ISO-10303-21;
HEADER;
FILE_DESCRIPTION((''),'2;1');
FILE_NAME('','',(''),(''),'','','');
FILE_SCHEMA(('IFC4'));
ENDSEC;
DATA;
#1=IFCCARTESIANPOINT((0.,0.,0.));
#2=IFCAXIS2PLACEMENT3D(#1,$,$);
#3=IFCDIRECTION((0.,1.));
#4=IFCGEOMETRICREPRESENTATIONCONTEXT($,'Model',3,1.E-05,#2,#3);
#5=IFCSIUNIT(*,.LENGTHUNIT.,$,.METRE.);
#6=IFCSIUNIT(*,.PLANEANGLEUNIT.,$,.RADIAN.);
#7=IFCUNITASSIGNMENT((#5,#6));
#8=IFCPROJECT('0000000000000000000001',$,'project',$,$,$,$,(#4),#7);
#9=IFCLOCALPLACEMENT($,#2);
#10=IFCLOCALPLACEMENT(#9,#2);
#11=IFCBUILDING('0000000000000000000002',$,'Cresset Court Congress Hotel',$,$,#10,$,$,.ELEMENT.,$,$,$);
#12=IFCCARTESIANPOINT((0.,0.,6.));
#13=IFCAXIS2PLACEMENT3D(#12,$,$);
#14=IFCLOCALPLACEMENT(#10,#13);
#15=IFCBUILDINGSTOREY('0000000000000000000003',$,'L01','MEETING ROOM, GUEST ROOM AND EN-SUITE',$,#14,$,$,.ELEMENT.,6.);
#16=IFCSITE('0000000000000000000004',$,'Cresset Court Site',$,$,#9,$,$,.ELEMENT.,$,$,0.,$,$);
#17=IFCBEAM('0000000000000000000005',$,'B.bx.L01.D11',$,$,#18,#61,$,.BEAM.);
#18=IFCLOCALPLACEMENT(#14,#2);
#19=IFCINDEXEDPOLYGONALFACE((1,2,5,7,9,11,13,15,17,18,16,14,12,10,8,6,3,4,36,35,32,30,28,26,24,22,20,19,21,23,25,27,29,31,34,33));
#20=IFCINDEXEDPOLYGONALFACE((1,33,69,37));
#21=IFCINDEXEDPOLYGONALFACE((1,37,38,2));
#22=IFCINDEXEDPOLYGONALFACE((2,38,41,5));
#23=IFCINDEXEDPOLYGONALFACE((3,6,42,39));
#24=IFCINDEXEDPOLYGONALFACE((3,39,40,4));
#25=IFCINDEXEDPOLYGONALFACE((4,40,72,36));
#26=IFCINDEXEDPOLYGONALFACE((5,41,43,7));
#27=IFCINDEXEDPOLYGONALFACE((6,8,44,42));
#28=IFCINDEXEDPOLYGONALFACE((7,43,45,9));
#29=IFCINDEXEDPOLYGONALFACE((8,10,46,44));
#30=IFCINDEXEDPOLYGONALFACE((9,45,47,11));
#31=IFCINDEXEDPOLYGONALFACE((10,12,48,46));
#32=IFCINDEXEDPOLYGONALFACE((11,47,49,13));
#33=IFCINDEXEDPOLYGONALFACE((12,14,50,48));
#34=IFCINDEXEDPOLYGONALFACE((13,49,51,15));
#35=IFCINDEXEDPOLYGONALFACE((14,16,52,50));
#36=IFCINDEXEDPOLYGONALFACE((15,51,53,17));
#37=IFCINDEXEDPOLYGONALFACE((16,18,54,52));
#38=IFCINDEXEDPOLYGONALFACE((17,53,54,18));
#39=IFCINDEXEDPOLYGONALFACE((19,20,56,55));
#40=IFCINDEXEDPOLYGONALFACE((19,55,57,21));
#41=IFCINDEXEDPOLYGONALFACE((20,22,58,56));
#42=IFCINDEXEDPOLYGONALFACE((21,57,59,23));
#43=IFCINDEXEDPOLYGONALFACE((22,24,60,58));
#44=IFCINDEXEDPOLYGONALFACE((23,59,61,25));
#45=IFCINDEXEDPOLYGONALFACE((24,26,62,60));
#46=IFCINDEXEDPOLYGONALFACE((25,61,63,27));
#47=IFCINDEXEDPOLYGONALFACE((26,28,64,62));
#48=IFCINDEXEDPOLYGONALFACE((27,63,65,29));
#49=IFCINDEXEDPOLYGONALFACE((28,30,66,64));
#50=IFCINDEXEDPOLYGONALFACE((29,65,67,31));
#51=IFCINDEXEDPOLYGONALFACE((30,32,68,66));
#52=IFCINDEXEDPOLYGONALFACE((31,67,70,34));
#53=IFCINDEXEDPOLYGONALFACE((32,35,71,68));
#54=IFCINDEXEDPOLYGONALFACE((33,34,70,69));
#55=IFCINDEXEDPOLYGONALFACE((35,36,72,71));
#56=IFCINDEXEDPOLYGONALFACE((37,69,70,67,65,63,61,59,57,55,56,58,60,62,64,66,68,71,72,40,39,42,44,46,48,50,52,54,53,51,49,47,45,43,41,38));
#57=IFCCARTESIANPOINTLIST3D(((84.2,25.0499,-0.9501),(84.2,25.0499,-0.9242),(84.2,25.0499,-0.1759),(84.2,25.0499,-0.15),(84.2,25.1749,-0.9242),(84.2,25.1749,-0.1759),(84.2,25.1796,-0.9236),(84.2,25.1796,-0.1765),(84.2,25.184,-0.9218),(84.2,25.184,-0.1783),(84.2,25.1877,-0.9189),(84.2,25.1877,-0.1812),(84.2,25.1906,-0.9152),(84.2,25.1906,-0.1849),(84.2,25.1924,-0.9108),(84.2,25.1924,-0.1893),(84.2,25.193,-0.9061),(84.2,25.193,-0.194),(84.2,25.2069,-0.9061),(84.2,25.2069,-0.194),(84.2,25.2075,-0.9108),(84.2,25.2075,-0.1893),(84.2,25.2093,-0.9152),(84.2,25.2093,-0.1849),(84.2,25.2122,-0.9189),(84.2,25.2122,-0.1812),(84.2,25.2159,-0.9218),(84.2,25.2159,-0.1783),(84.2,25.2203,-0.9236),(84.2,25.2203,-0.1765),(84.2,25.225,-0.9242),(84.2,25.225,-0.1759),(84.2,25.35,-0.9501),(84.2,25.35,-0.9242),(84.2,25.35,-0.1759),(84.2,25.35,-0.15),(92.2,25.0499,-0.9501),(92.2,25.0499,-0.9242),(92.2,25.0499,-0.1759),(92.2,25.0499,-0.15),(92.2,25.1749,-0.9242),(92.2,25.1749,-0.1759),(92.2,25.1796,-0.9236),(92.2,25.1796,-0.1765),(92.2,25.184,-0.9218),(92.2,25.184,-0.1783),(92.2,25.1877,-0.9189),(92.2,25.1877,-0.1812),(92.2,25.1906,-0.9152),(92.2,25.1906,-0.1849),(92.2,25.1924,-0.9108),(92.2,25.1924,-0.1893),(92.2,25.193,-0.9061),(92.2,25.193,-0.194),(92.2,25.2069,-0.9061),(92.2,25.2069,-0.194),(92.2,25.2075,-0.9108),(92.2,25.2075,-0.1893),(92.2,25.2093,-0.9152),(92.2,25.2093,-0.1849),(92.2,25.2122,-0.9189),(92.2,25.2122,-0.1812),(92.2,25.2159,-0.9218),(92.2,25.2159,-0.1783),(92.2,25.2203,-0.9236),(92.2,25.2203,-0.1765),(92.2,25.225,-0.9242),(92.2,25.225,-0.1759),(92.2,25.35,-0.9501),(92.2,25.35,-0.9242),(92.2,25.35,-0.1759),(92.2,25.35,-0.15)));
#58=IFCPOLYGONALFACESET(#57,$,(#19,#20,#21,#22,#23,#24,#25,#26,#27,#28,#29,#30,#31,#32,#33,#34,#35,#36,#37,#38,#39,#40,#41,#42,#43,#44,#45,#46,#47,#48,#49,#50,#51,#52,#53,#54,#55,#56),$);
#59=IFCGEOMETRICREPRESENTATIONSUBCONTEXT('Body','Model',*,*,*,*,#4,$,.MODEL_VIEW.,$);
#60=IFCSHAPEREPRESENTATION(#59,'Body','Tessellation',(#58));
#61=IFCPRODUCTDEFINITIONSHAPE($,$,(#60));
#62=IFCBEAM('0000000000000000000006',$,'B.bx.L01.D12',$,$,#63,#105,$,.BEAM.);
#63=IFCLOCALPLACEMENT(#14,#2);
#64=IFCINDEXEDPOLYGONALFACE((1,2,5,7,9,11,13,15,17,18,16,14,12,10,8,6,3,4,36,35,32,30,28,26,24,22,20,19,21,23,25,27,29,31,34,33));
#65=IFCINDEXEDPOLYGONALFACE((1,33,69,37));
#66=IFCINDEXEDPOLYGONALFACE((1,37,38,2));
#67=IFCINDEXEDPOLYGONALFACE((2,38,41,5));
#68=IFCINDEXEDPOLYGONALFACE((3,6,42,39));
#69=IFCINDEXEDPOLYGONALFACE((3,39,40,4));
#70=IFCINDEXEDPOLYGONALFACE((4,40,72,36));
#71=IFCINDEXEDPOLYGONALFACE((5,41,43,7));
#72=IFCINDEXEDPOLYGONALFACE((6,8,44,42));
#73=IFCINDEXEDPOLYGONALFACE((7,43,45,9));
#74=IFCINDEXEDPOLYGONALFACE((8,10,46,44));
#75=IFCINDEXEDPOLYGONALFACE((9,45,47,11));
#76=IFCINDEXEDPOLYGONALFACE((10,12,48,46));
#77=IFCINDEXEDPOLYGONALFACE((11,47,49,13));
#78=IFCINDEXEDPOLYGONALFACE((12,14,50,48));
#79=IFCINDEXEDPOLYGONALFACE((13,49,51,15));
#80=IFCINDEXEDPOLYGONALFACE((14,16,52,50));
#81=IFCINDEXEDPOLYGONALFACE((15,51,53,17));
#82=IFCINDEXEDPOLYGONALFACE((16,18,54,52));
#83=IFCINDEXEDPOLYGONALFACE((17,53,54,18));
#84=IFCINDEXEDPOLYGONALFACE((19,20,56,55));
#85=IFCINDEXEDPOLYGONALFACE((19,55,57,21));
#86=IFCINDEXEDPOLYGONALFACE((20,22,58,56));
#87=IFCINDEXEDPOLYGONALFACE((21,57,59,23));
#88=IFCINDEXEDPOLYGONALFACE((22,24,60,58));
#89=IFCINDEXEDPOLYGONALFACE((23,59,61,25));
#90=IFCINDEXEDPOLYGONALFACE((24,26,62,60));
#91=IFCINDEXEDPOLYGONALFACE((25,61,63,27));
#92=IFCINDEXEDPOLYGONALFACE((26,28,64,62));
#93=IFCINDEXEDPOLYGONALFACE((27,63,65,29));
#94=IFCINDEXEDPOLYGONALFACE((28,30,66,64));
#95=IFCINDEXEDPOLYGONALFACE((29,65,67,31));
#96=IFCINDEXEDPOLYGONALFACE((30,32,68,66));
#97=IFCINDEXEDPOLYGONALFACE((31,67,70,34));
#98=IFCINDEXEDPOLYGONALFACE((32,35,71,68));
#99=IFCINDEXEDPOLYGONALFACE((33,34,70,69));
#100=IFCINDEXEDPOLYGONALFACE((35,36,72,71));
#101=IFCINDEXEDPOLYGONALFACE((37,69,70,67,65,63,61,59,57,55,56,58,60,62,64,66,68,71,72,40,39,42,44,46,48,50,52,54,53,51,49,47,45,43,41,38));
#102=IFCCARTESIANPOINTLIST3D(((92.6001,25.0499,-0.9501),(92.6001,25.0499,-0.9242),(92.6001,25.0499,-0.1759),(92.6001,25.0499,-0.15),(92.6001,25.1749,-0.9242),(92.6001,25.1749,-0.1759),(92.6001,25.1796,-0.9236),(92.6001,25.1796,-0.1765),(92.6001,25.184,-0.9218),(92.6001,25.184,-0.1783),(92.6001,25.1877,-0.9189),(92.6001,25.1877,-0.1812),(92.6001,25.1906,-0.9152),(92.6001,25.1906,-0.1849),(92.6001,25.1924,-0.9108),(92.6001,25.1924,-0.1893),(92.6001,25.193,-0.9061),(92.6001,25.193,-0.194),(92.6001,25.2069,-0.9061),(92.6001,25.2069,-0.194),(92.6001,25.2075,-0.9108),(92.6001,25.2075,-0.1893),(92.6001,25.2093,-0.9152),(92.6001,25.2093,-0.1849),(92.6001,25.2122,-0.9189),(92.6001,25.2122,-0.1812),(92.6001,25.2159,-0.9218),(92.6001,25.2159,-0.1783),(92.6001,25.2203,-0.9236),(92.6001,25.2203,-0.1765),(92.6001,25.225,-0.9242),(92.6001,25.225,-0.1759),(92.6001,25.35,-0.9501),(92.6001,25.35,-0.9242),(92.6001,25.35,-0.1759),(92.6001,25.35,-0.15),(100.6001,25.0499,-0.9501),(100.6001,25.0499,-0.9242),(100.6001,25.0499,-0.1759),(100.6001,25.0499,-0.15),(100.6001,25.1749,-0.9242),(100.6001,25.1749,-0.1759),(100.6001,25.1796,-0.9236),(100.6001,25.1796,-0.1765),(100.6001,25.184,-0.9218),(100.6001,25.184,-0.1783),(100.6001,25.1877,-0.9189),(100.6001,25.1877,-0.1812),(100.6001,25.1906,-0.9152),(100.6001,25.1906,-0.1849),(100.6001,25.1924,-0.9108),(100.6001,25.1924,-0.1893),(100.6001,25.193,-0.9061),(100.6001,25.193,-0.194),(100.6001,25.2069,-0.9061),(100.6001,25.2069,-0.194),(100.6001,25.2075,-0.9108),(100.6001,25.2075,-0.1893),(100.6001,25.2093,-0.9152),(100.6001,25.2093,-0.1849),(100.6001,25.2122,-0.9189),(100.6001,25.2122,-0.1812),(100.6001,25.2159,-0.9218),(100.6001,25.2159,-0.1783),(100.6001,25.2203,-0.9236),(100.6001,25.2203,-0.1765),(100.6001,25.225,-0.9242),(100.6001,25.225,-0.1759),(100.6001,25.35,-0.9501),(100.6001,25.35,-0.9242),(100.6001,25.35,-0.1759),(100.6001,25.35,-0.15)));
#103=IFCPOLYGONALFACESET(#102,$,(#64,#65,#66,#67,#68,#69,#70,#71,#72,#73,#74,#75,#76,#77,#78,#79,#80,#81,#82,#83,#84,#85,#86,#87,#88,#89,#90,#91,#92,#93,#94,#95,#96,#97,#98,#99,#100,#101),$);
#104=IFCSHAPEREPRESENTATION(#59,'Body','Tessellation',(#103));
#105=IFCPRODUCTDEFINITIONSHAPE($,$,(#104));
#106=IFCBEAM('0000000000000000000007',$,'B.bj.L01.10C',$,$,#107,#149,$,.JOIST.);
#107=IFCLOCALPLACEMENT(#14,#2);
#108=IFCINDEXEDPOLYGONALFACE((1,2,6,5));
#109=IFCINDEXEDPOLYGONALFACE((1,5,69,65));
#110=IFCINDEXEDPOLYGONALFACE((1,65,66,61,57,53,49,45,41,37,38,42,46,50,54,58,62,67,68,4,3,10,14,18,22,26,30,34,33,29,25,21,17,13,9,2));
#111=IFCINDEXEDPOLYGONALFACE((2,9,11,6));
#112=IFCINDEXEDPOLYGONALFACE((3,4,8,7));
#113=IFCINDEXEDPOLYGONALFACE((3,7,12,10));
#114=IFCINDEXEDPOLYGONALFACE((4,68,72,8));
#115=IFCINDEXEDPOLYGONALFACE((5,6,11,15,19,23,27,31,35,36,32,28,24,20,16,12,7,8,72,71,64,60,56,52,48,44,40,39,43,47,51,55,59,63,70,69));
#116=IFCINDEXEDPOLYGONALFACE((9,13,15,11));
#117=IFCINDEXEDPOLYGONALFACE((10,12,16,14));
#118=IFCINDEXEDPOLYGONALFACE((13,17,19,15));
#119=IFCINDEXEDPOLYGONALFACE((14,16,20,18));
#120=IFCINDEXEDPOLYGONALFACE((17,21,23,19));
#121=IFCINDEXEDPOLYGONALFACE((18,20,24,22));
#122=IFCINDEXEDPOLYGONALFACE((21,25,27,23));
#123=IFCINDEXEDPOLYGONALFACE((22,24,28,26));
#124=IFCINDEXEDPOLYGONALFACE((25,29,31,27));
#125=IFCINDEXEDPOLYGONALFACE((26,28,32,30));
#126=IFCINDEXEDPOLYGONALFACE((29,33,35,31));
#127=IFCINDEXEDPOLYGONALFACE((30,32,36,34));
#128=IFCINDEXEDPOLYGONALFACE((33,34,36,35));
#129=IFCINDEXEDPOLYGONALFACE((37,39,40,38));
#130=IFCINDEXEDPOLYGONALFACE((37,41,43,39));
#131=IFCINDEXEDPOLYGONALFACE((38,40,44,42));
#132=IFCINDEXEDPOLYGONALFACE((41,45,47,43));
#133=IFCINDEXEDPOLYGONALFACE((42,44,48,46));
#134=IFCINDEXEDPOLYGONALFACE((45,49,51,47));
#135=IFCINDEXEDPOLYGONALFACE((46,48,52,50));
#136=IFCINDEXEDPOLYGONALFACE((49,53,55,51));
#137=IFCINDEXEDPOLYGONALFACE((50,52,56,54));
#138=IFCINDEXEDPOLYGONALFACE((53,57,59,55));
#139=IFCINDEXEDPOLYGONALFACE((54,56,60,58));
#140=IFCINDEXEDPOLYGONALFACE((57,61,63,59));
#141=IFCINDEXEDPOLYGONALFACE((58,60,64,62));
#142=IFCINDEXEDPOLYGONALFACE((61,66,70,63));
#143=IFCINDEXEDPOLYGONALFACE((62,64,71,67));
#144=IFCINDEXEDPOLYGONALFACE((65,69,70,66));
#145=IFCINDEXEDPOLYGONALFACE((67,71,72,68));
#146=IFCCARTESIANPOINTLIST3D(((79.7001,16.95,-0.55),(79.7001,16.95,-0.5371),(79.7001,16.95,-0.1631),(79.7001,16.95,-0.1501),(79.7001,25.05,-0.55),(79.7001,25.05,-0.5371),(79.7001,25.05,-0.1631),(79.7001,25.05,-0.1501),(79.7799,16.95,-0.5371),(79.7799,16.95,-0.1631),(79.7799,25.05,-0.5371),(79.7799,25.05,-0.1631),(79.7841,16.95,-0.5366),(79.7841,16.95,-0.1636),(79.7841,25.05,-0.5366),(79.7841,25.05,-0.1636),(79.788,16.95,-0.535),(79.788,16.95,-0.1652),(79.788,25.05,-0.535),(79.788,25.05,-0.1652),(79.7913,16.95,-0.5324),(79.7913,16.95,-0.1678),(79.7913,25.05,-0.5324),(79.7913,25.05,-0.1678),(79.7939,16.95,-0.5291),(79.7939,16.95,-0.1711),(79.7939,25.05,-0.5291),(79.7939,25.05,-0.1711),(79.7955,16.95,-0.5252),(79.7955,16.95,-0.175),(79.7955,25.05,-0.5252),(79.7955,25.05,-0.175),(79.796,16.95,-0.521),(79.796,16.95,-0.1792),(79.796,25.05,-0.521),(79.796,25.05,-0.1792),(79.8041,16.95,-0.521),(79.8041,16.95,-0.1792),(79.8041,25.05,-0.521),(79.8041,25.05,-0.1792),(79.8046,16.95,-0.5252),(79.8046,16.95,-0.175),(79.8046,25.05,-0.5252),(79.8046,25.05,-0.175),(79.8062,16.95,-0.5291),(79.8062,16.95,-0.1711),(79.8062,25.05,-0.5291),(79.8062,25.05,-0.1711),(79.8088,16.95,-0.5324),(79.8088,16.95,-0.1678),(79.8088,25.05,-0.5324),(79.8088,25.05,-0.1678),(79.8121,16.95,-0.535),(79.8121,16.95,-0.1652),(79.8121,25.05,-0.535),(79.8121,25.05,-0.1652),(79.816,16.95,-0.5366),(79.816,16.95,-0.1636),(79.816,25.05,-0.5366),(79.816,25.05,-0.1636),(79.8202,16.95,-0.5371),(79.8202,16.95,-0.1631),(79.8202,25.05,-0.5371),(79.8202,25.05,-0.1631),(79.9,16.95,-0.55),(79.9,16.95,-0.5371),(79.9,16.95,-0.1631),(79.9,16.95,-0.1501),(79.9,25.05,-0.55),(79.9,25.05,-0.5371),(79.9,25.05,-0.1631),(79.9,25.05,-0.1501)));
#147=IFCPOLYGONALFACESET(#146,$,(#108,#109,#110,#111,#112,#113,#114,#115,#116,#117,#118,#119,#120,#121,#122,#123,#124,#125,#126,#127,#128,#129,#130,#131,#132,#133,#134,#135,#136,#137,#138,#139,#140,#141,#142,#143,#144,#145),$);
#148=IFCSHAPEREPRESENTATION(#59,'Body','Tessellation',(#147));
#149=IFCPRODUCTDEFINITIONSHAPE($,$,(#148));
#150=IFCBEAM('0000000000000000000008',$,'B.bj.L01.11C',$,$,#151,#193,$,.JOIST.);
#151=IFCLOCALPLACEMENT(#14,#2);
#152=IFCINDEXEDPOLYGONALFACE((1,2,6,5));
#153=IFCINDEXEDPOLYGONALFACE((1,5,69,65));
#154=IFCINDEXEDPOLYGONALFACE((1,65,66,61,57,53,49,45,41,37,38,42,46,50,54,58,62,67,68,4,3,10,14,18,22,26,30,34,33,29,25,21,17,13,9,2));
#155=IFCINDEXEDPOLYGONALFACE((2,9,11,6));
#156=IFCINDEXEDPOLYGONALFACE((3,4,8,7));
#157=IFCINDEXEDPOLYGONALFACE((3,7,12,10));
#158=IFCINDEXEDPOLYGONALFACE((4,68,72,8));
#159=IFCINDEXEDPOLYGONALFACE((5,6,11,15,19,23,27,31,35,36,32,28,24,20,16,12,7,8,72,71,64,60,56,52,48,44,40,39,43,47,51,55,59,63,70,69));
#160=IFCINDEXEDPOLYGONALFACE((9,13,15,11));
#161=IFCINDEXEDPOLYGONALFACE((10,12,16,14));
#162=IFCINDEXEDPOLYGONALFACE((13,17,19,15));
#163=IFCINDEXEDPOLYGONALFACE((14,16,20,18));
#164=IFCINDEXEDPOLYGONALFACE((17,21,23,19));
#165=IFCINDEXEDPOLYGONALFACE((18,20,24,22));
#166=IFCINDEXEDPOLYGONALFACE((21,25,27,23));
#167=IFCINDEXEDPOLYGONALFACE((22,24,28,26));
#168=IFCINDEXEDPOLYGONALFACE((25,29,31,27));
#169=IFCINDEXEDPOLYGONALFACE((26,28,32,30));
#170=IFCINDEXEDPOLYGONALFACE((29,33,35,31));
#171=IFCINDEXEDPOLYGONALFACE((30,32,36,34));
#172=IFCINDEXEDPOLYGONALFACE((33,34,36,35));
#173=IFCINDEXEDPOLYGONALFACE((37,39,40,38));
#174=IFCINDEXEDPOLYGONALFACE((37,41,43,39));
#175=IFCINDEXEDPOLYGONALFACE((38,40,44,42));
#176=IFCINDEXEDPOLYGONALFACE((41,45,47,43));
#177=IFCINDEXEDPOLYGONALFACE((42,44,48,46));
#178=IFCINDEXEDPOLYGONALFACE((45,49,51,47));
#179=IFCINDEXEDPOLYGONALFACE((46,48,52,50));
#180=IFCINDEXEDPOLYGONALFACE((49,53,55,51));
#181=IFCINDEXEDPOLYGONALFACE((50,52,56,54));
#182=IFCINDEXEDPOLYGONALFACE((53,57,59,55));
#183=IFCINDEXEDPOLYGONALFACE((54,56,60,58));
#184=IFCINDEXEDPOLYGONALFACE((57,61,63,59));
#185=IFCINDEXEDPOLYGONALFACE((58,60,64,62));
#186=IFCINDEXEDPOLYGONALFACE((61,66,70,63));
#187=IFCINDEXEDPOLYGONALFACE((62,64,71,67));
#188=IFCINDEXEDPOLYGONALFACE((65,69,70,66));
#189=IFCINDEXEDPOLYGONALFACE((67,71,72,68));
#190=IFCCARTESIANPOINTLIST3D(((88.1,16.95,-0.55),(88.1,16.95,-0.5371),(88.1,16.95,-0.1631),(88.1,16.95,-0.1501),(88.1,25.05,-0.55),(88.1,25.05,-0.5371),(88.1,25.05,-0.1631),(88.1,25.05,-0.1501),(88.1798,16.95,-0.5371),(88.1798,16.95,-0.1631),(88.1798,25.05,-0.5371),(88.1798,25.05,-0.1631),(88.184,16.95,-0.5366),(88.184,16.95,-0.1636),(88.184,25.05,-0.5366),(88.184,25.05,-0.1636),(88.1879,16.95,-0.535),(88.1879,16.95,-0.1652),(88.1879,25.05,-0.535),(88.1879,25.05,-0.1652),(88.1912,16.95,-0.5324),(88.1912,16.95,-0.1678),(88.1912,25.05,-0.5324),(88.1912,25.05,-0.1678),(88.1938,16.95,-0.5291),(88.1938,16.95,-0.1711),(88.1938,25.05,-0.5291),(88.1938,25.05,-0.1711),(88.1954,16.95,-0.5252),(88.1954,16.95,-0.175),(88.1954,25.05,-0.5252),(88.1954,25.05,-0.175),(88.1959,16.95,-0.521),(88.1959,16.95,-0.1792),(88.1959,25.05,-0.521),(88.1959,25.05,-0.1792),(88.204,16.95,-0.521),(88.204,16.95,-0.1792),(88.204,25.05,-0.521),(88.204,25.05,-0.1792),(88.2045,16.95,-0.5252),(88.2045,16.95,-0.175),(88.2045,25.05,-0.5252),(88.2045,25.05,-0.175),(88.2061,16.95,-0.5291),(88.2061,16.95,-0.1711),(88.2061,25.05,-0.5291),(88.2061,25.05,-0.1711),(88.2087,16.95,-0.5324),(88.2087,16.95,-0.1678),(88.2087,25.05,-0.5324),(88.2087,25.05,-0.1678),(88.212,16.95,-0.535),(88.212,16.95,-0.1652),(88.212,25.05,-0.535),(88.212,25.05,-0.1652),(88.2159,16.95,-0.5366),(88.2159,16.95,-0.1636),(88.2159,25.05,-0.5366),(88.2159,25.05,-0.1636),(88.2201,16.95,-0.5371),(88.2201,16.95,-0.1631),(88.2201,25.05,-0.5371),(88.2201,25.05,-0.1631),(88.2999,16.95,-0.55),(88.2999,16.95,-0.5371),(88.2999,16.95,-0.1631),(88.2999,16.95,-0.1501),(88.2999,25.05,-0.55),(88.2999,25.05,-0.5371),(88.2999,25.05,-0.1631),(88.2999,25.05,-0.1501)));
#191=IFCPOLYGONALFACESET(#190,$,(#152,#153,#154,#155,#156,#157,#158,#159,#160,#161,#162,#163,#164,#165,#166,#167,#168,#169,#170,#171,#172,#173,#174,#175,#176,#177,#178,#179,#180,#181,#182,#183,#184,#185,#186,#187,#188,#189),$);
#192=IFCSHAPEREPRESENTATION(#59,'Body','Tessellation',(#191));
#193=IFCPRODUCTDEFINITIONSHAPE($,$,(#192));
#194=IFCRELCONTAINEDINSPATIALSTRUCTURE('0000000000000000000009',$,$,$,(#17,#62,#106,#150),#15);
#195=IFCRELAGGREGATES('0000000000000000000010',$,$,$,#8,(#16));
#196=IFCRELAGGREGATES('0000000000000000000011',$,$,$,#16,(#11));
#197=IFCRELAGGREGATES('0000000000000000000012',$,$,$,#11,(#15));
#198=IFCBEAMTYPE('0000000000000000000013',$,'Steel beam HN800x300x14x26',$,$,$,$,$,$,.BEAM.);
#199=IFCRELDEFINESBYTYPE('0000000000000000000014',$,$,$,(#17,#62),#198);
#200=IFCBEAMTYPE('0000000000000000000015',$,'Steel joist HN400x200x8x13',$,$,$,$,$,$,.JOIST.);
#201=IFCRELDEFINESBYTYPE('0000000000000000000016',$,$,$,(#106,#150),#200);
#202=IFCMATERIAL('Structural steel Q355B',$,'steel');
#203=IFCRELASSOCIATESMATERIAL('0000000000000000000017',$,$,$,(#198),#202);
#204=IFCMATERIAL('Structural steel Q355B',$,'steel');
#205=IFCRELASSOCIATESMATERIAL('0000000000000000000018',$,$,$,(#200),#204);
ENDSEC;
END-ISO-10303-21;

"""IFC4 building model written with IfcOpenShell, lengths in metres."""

from ifc_helpers import new_model, si_unit, direction, frame, origin, origin_2d, place, context, subcontext, project, spatial, i_section, extrude, material, material_profile, profile_set, type_object, element, save


model = new_model("IFC4")

# Units and contexts
model_context = context("Model", 3, precision=1e-05, world=origin(), true_north=direction((0.0, 1.0)))
body_context = subcontext(model_context, "Body", "Model", "MODEL_VIEW")
ifc_project = project(units=[si_unit("LENGTHUNIT", "METRE"), si_unit("PLANEANGLEUNIT", "RADIAN")], contexts=[model_context])

# Site, building, storey
site_placement = place(None, origin())
site = spatial("IfcSite", under=ifc_project, at=site_placement, Name="Cresset Court Site", CompositionType="ELEMENT", RefElevation=0.0)
building_placement = place(site_placement, origin())
building = spatial("IfcBuilding", under=site, at=building_placement, Name="Cresset Court Congress Hotel", CompositionType="ELEMENT")
storey_placement = place(building_placement, frame((0.0, 0.0, 6.0)))
storey = spatial("IfcBuildingStorey", under=building, at=storey_placement, Name="L01", Description="MEETING ROOM, GUEST ROOM AND EN-SUITE", CompositionType="ELEMENT", Elevation=6.0)

# Beams
ifc_material_1 = material(Name="Structural steel Q355B", Category="steel")
ifc_material_profile_1 = material_profile(ifc_material_1, i_section(OverallWidth=0.3, OverallDepth=0.8, WebThickness=0.0139, FlangeThickness=0.0259, FilletRadius=0.0181, at=origin_2d()), Name="HN800x300x14x26")
ifc_profile_set_1 = profile_set([ifc_material_profile_1], Name="Structural steel Q355B")
beam_type_1 = type_object("IfcBeamType", Name="Steel beam HN800x300x14x26", PredefinedType="BEAM", material=ifc_profile_set_1)
for number, where, z_axis, x_axis, name in (
    (1, (84.2, 25.2, -0.55), (1.0, 0.0, 0.0), (0.0, 1.0, 0.0), "B.bx.L01.D11"),
    (2, (92.6001, 25.2, -0.55), (1.0, 0.0, 0.0), (0.0, 1.0, 0.0), "B.bx.L01.D12"),
):
    element("IfcBeam", number, at=place(storey_placement, frame(where, z_axis=z_axis, x_axis=x_axis)), inside=storey, type_object=beam_type_1, Name=name, PredefinedType="BEAM", context=body_context, shape_type="SweptSolid", body=[
        extrude(i_section(OverallWidth=0.3, OverallDepth=0.8, WebThickness=0.0139, FlangeThickness=0.0259, FilletRadius=0.0181, at=origin_2d()), origin(), (0.0, 0.0, 1.0), 8.0),
    ])
ifc_material_2 = material(Name="Structural steel Q355B", Category="steel")
ifc_material_profile_2 = material_profile(ifc_material_2, i_section(OverallWidth=0.2, OverallDepth=0.3999, WebThickness=0.0081, FlangeThickness=0.0129, FilletRadius=0.0161, at=origin_2d()), Name="HN400x200x8x13")
ifc_profile_set_2 = profile_set([ifc_material_profile_2], Name="Structural steel Q355B")
beam_type_2 = type_object("IfcBeamType", Name="Steel joist HN400x200x8x13", PredefinedType="JOIST", material=ifc_profile_set_2)
for number, where, z_axis, x_axis, name in (
    (3, (79.8, 16.95, -0.3501), (0.0, 1.0, 0.0), (-1.0, 0.0, 0.0), "B.bj.L01.10C"),
    (4, (88.2, 16.95, -0.3501), (0.0, 1.0, 0.0), (-1.0, 0.0, 0.0), "B.bj.L01.11C"),
):
    element("IfcBeam", number, at=place(storey_placement, frame(where, z_axis=z_axis, x_axis=x_axis)), inside=storey, type_object=beam_type_2, Name=name, PredefinedType="JOIST", context=body_context, shape_type="SweptSolid", body=[
        extrude(i_section(OverallWidth=0.2, OverallDepth=0.3999, WebThickness=0.0081, FlangeThickness=0.0129, FilletRadius=0.0161, at=origin_2d()), origin(), (0.0, 0.0, 1.0), 8.1001),
    ])

save(model, "model.ifc")
